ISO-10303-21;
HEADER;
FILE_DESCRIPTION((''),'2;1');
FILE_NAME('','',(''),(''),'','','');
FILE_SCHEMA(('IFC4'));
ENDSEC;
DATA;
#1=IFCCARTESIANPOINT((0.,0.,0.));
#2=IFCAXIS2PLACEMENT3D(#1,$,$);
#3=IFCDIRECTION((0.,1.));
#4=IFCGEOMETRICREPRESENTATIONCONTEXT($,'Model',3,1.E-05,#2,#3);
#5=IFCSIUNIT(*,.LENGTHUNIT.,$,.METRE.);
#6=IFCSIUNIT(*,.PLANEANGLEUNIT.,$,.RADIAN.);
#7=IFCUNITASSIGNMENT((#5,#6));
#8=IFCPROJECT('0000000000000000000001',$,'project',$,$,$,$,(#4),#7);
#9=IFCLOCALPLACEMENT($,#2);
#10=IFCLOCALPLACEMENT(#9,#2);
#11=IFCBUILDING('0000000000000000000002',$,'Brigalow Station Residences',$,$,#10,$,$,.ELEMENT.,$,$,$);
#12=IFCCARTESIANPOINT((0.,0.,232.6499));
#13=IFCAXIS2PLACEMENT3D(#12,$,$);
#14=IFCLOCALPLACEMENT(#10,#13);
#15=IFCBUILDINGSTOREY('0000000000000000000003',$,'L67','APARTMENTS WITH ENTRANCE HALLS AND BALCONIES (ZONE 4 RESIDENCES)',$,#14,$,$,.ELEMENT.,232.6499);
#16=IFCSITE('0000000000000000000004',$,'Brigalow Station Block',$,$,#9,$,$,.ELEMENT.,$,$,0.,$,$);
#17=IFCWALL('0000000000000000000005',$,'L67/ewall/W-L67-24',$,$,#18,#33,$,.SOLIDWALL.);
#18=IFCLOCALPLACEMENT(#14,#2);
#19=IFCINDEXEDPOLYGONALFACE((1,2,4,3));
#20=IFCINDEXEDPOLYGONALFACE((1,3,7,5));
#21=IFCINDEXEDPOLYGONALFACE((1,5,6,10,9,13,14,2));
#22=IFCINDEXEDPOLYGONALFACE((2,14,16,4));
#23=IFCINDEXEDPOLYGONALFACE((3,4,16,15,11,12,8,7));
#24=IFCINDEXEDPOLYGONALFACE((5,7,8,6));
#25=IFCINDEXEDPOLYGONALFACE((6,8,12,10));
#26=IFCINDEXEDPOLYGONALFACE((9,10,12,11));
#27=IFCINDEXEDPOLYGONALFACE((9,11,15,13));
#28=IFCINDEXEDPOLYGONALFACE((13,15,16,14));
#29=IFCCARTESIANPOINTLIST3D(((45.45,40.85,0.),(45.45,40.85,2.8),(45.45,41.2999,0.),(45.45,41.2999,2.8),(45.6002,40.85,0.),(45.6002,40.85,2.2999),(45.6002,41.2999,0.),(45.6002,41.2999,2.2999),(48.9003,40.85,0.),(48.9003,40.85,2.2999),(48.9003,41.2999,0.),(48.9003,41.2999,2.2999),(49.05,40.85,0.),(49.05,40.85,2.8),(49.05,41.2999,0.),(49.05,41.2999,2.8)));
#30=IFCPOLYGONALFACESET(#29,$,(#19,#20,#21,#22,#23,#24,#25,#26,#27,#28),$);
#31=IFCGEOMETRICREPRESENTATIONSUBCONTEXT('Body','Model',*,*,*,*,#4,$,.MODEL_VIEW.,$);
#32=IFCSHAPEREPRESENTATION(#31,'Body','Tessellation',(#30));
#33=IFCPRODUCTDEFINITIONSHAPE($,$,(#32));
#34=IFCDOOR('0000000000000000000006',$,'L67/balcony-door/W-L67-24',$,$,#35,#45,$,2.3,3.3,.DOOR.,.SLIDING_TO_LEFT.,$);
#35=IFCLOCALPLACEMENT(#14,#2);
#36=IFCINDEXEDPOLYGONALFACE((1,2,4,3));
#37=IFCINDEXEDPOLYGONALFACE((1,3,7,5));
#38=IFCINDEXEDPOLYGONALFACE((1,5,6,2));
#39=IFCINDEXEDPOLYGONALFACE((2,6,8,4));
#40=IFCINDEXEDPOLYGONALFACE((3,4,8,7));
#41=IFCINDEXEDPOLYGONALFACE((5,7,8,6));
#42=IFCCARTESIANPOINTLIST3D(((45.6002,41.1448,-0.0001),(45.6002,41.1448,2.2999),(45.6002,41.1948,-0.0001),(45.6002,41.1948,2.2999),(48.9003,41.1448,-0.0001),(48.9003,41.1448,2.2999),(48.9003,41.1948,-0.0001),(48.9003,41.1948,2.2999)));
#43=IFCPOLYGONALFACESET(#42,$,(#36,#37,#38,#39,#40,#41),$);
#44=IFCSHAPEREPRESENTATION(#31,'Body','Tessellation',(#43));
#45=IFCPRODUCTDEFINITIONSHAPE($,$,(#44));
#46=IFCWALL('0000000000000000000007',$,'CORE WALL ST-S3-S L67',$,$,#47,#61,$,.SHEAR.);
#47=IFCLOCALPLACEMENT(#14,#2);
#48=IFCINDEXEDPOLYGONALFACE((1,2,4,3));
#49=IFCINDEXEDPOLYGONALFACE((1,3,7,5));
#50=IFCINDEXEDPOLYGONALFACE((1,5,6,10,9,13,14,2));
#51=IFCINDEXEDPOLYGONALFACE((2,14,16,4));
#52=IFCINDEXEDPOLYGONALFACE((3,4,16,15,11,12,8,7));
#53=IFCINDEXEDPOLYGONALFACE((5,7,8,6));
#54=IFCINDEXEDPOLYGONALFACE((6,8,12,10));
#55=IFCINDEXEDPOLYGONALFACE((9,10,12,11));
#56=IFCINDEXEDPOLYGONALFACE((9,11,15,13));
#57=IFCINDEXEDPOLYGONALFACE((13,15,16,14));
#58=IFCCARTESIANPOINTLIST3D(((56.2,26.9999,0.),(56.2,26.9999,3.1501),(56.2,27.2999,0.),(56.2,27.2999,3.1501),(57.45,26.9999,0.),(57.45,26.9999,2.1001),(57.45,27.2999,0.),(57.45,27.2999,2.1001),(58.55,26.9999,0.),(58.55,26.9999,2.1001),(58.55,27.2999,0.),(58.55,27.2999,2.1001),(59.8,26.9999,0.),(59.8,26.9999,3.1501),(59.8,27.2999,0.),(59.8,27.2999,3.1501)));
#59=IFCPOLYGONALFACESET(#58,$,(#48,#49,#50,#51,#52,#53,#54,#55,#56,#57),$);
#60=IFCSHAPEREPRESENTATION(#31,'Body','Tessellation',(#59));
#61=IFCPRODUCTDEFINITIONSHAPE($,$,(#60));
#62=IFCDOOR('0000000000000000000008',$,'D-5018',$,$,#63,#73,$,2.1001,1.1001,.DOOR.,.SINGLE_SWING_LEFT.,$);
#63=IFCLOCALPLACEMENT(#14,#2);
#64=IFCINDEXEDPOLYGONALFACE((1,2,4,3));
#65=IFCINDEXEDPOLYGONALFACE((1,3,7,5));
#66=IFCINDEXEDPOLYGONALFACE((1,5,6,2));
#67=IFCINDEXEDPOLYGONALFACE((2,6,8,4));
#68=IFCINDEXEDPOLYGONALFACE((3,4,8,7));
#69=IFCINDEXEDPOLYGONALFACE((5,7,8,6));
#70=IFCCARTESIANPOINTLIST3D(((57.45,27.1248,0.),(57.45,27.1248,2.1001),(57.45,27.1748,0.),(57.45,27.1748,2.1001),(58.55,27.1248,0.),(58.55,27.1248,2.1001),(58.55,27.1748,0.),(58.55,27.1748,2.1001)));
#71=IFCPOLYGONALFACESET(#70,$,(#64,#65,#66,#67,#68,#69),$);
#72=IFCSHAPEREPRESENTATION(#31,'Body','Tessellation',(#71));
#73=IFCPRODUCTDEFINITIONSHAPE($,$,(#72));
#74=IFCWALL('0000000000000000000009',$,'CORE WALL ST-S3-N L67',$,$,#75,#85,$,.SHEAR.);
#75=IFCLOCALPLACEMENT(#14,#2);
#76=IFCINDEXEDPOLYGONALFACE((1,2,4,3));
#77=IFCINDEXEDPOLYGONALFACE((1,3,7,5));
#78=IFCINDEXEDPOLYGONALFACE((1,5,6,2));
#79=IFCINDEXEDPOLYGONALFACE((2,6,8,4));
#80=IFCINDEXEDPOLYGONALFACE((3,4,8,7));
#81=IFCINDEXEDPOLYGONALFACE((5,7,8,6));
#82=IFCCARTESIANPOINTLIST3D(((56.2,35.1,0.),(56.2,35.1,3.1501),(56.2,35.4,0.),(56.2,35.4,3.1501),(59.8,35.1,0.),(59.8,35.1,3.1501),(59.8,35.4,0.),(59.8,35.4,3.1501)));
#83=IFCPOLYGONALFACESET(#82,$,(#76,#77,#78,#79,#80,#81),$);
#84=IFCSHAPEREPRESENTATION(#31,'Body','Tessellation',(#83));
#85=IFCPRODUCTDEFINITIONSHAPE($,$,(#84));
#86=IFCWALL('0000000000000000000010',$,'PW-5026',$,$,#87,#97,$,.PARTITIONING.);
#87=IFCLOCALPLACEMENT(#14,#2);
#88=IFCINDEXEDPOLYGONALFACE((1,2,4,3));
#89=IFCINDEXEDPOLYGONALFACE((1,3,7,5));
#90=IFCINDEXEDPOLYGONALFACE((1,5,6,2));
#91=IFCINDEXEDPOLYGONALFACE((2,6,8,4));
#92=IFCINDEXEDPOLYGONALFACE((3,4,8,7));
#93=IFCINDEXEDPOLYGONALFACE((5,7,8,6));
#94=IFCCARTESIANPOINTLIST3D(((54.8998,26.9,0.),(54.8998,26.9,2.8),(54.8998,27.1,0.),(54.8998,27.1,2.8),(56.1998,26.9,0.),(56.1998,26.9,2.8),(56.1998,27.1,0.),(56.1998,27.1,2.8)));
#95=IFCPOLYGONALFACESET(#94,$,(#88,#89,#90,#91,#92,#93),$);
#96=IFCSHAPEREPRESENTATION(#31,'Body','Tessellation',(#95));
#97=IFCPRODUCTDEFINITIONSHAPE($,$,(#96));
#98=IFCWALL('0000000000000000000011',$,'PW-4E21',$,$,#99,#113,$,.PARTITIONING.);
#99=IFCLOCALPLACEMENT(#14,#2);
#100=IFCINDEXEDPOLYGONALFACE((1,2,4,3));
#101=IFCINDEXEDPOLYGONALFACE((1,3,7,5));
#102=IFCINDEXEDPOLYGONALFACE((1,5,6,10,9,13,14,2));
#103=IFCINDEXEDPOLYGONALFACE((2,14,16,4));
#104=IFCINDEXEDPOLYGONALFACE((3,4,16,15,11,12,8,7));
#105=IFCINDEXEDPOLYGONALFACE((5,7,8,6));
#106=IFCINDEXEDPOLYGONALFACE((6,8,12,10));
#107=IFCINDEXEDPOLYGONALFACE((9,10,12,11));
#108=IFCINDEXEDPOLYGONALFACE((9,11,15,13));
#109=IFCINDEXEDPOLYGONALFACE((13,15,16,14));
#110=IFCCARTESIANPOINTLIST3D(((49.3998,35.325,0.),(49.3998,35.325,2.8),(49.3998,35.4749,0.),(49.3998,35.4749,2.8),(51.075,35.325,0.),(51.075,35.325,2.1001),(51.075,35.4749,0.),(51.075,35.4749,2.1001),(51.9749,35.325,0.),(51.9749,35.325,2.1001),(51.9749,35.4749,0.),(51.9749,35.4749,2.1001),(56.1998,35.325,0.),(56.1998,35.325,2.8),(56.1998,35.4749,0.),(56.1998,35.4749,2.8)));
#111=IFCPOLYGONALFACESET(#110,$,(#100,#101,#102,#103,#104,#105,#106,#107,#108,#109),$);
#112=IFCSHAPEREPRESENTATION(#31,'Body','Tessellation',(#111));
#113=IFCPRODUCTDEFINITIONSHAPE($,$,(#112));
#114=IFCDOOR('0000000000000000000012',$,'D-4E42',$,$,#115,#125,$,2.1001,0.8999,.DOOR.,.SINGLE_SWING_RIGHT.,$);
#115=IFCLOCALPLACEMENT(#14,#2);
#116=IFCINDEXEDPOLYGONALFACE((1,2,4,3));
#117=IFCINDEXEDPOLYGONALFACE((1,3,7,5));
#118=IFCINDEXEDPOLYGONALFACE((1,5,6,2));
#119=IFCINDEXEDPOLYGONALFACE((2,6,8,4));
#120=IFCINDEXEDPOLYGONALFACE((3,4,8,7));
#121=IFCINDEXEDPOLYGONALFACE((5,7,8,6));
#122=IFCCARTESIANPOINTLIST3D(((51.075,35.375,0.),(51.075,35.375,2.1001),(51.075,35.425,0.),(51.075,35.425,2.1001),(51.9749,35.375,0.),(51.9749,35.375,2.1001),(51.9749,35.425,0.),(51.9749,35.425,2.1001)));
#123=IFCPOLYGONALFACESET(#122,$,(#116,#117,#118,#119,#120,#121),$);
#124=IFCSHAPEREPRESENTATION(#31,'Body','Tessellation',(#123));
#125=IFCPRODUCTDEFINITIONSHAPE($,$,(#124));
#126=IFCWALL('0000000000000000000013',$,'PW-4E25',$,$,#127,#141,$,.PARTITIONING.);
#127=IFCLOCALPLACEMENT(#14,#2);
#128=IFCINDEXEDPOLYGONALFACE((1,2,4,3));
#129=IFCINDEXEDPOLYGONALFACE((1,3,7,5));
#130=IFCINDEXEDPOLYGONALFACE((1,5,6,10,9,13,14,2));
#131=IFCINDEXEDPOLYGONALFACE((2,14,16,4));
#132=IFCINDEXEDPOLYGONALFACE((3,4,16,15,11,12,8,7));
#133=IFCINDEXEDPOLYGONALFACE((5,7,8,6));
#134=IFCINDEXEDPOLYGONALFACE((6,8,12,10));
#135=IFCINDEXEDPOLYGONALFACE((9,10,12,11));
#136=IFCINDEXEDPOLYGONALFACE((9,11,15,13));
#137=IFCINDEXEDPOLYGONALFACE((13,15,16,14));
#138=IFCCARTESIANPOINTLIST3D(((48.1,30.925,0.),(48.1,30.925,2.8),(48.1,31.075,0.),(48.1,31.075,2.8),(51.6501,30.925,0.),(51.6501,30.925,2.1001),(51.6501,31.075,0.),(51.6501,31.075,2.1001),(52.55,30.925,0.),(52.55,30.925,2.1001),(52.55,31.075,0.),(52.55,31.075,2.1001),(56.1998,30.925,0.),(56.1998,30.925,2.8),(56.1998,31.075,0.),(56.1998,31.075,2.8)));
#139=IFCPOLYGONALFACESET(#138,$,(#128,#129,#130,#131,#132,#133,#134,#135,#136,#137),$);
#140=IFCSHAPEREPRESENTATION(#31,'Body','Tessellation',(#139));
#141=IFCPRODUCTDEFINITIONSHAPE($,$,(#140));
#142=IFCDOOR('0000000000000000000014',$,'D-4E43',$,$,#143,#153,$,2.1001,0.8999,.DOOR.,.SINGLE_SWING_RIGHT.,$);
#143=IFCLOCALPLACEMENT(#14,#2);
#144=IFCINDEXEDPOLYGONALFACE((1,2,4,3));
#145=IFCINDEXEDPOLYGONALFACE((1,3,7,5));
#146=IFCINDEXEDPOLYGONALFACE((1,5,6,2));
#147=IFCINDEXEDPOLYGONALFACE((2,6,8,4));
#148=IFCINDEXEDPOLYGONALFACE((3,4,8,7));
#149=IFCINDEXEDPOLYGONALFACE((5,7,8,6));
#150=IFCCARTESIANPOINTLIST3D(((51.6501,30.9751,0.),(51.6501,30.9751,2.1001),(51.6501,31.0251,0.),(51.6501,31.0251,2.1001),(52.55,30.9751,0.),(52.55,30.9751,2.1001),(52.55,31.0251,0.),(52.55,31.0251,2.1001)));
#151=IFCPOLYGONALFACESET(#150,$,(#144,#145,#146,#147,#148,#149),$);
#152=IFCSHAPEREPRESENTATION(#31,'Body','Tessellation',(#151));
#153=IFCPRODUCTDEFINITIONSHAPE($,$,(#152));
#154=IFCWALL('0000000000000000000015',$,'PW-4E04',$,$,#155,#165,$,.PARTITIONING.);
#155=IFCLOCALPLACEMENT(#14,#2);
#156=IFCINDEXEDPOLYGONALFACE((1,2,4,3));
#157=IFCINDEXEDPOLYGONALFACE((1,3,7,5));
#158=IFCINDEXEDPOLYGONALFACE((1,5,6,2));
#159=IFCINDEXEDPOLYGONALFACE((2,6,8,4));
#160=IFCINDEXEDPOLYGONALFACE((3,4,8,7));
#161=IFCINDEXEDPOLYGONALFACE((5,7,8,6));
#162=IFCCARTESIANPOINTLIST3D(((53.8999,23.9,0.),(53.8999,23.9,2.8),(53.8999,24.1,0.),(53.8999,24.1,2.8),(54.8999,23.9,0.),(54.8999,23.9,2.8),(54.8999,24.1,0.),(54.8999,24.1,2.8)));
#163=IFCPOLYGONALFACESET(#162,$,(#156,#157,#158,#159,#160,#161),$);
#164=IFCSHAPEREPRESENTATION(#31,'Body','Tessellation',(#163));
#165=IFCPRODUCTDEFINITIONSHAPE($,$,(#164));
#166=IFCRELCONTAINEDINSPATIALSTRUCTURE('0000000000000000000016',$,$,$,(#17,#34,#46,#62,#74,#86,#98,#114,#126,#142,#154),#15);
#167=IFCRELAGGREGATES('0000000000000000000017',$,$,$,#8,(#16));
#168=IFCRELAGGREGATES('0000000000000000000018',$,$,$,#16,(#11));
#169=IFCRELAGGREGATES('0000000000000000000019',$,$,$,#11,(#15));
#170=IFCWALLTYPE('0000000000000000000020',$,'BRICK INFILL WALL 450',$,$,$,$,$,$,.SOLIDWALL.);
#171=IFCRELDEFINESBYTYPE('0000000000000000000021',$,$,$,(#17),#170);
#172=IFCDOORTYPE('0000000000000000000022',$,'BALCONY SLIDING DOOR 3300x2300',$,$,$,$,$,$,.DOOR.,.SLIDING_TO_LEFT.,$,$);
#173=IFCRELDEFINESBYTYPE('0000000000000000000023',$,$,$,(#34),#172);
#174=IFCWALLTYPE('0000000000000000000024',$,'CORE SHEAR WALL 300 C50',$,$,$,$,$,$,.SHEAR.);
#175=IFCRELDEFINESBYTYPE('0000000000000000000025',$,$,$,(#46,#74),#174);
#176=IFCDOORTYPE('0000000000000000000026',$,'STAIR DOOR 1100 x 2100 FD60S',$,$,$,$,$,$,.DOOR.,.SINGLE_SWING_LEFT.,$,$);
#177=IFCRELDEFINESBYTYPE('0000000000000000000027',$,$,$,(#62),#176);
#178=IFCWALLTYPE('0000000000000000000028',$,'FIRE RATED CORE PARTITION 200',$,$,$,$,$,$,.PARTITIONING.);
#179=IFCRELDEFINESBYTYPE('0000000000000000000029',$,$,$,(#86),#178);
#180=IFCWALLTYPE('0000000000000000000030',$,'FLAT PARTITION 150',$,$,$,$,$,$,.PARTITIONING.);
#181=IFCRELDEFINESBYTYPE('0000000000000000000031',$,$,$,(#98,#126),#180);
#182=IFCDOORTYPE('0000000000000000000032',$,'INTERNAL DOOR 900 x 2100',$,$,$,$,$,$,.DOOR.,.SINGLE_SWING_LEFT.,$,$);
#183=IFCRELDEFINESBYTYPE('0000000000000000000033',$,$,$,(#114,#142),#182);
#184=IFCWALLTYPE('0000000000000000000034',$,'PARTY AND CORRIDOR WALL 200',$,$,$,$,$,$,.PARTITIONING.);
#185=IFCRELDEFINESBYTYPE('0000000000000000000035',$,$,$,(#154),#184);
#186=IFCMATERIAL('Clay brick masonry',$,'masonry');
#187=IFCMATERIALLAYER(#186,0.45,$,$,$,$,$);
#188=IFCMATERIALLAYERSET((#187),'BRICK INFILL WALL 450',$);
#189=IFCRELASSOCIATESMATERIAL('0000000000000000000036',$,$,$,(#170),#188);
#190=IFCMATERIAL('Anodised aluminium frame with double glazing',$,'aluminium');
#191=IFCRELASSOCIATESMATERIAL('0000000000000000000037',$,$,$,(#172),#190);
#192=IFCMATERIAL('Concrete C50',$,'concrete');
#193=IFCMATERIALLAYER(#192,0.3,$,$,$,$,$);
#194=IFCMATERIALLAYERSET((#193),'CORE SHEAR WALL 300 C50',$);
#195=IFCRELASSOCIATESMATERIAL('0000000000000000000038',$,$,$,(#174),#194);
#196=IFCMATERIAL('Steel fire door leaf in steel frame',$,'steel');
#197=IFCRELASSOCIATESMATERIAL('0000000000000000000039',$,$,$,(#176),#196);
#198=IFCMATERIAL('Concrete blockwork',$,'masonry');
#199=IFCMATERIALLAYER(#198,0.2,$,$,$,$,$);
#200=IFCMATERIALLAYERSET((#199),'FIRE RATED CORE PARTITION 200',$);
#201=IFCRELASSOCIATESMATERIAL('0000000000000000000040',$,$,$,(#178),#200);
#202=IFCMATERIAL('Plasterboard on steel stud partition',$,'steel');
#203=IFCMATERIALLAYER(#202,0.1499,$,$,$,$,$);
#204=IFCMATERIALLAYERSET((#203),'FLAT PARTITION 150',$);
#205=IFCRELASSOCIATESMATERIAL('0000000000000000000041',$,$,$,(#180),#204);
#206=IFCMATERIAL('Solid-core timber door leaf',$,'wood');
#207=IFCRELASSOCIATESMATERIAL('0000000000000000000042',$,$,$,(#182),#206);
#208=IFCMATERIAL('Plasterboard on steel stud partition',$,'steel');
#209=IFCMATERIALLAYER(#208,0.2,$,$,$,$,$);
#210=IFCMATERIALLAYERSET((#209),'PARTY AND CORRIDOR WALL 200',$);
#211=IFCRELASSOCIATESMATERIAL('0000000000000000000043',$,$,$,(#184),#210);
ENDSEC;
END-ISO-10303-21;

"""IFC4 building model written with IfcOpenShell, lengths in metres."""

from ifc_helpers import new_model, si_unit, direction, frame, frame_2d, origin, place, context, subcontext, project, spatial, rectangle, extrude, material, layer, layer_set, type_object, element, fill, save


model = new_model("IFC4")

# Units and contexts
model_context = context("Model", 3, precision=1e-05, world=origin(), true_north=direction((0.0, 1.0)))
body_context = subcontext(model_context, "Body", "Model", "MODEL_VIEW")
ifc_project = project(units=[si_unit("LENGTHUNIT", "METRE"), si_unit("PLANEANGLEUNIT", "RADIAN")], contexts=[model_context])

# Site, building, storey
site_placement = place(None, origin())
site = spatial("IfcSite", under=ifc_project, at=site_placement, Name="Brigalow Station Block", CompositionType="ELEMENT", RefElevation=0.0)
building_placement = place(site_placement, origin())
building = spatial("IfcBuilding", under=site, at=building_placement, Name="Brigalow Station Residences", CompositionType="ELEMENT")
storey_placement = place(building_placement, frame((0.0, 0.0, 232.6499)))
storey = spatial("IfcBuildingStorey", under=building, at=storey_placement, Name="L67", Description="APARTMENTS WITH ENTRANCE HALLS AND BALCONIES (ZONE 4 RESIDENCES)", CompositionType="ELEMENT", Elevation=232.6499)

# Walls, openings, doors
ifc_material_1 = material(Name="Clay brick masonry", Category="masonry")
ifc_layer_1 = layer(ifc_material_1, 0.45)
ifc_layer_set_1 = layer_set([ifc_layer_1], Name="BRICK INFILL WALL 450")
wall_type_1 = type_object("IfcWallType", Name="BRICK INFILL WALL 450", PredefinedType="SOLIDWALL", material=ifc_layer_set_1)
ifc_material_2 = material(Name="Anodised aluminium frame with double glazing", Category="aluminium")
door_type_1 = type_object("IfcDoorType", Name="BALCONY SLIDING DOOR 3300x2300", OperationType="SLIDING_TO_LEFT", PredefinedType="DOOR", material=ifc_material_2)
wall_1_placement = place(storey_placement, frame((49.05, 41.075, 0.0), z_axis=(0.0, 0.0, 1.0), x_axis=(-1.0, 0.0, 0.0)))
wall_1 = element("IfcWall", 1, at=wall_1_placement, inside=storey, type_object=wall_type_1, Name="L67/ewall/W-L67-24", PredefinedType="SOLIDWALL", context=body_context, shape_type="SweptSolid", body=[
    extrude(rectangle(XDim=3.6001, YDim=0.45, at=frame_2d((1.8, 0.0))), origin(), (0.0, 0.0, 1.0), 2.8),
])
opening_1_placement = place(wall_1_placement, frame((0.1499, 0.0, 0.0)))
opening_1 = element("IfcOpeningElement", 2, at=opening_1_placement, cuts=wall_1, PredefinedType="OPENING", context=body_context, shape_type="SweptSolid", body=[
    extrude(rectangle(XDim=3.3, YDim=2.3, at=frame_2d((1.6499, 1.1499))), frame((0.0, 0.2349, 0.0), z_axis=(0.0, -1.0, 0.0), x_axis=(1.0, 0.0, 0.0)), (0.0, 0.0, 1.0), 0.47),
])
door_1_placement = place(opening_1_placement, origin())
door_1 = element("IfcDoor", 3, at=door_1_placement, inside=storey, type_object=door_type_1, Name="L67/balcony-door/W-L67-24", OperationType="SLIDING_TO_LEFT", OverallHeight=2.3, OverallWidth=3.3, PredefinedType="DOOR", context=body_context, shape_type="SweptSolid", body=[
    extrude(rectangle(XDim=3.3, YDim=2.3, at=frame_2d((1.6499, 1.1499))), frame((0.0, -0.0698, 0.0), z_axis=(0.0, -1.0, 0.0), x_axis=(1.0, 0.0, 0.0)), (0.0, 0.0, 1.0), 0.05),
])
fill(opening_1, door_1)
ifc_material_3 = material(Name="Concrete C50", Category="concrete")
ifc_layer_2 = layer(ifc_material_3, 0.3)
ifc_layer_set_2 = layer_set([ifc_layer_2], Name="CORE SHEAR WALL 300 C50")
wall_type_2 = type_object("IfcWallType", Name="CORE SHEAR WALL 300 C50", PredefinedType="SHEAR", material=ifc_layer_set_2)
wall_2_placement = place(storey_placement, frame((56.2, 27.1499, 0.0), z_axis=(0.0, 0.0, 1.0), x_axis=(1.0, 0.0, 0.0)))
wall_2 = element("IfcWall", 4, at=wall_2_placement, inside=storey, type_object=wall_type_2, Name="CORE WALL ST-S3-S L67", PredefinedType="SHEAR", context=body_context, shape_type="SweptSolid", body=[
    extrude(rectangle(XDim=3.6001, YDim=0.3, at=frame_2d((1.8, 0.0))), origin(), (0.0, 0.0, 1.0), 3.1501),
])
opening_2_placement = place(wall_2_placement, frame((1.25, 0.0, 0.0)))
opening_2 = element("IfcOpeningElement", 5, at=opening_2_placement, cuts=wall_2, PredefinedType="OPENING", context=body_context, shape_type="SweptSolid", body=[
    extrude(rectangle(XDim=1.1001, YDim=2.1001, at=frame_2d((0.55, 1.05))), frame((0.0, 0.1602, 0.0), z_axis=(0.0, -1.0, 0.0), x_axis=(1.0, 0.0, 0.0)), (0.0, 0.0, 1.0), 0.3201),
])
ifc_material_4 = material(Name="Steel fire door leaf in steel frame", Category="steel")
door_type_2 = type_object("IfcDoorType", Name="STAIR DOOR 1100 x 2100 FD60S", OperationType="SINGLE_SWING_LEFT", PredefinedType="DOOR", material=ifc_material_4)
door_2_placement = place(opening_2_placement, origin())
door_2 = element("IfcDoor", 6, at=door_2_placement, inside=storey, type_object=door_type_2, Name="D-5018", OperationType="SINGLE_SWING_LEFT", OverallHeight=2.1001, OverallWidth=1.1001, PredefinedType="DOOR", context=body_context, shape_type="SweptSolid", body=[
    extrude(rectangle(XDim=1.1001, YDim=2.1001, at=frame_2d((0.55, 1.05))), frame((0.0, 0.0249, 0.0), z_axis=(0.0, -1.0, 0.0), x_axis=(1.0, 0.0, 0.0)), (0.0, 0.0, 1.0), 0.05),
])
fill(opening_2, door_2)

# Walls
wall_3_placement = place(storey_placement, frame((56.2, 35.25, 0.0), z_axis=(0.0, 0.0, 1.0), x_axis=(1.0, 0.0, 0.0)))
element("IfcWall", 7, at=wall_3_placement, inside=storey, type_object=wall_type_2, Name="CORE WALL ST-S3-N L67", PredefinedType="SHEAR", context=body_context, shape_type="SweptSolid", body=[
    extrude(rectangle(XDim=3.6001, YDim=0.3, at=frame_2d((1.8, 0.0))), origin(), (0.0, 0.0, 1.0), 3.1501),
])
ifc_material_5 = material(Name="Concrete blockwork", Category="masonry")
ifc_layer_3 = layer(ifc_material_5, 0.2)
ifc_layer_set_3 = layer_set([ifc_layer_3], Name="FIRE RATED CORE PARTITION 200")
wall_type_3 = type_object("IfcWallType", Name="FIRE RATED CORE PARTITION 200", PredefinedType="PARTITIONING", material=ifc_layer_set_3)
wall_4_placement = place(storey_placement, frame((54.8999, 27.0, 0.0), z_axis=(0.0, 0.0, 1.0), x_axis=(1.0, 0.0, 0.0)))
element("IfcWall", 8, at=wall_4_placement, inside=storey, type_object=wall_type_3, Name="PW-5026", PredefinedType="PARTITIONING", context=body_context, shape_type="SweptSolid", body=[
    extrude(rectangle(XDim=1.3, YDim=0.2, at=frame_2d((0.6499, 0.0))), origin(), (0.0, 0.0, 1.0), 2.8),
])

# Walls, openings, doors
ifc_material_6 = material(Name="Plasterboard on steel stud partition", Category="steel")
ifc_layer_4 = layer(ifc_material_6, 0.1499)
ifc_layer_set_4 = layer_set([ifc_layer_4], Name="FLAT PARTITION 150")
wall_type_4 = type_object("IfcWallType", Name="FLAT PARTITION 150", PredefinedType="PARTITIONING", material=ifc_layer_set_4)
wall_5_placement = place(storey_placement, frame((49.3999, 35.3999, 0.0), z_axis=(0.0, 0.0, 1.0), x_axis=(1.0, 0.0, 0.0)))
wall_5 = element("IfcWall", 9, at=wall_5_placement, inside=storey, type_object=wall_type_4, Name="PW-4E21", PredefinedType="PARTITIONING", context=body_context, shape_type="SweptSolid", body=[
    extrude(rectangle(XDim=6.8, YDim=0.1499, at=frame_2d((3.3999, 0.0))), origin(), (0.0, 0.0, 1.0), 2.8),
])
opening_3_placement = place(wall_5_placement, frame((1.675, 0.0, 0.0)))
opening_3 = element("IfcOpeningElement", 10, at=opening_3_placement, cuts=wall_5, PredefinedType="OPENING", context=body_context, shape_type="SweptSolid", body=[
    extrude(rectangle(XDim=0.8999, YDim=2.1001, at=frame_2d((0.45, 1.05))), frame((0.0, 0.085, 0.0), z_axis=(0.0, -1.0, 0.0), x_axis=(1.0, 0.0, 0.0)), (0.0, 0.0, 1.0), 0.1699),
])
ifc_material_7 = material(Name="Solid-core timber door leaf", Category="wood")
door_type_3 = type_object("IfcDoorType", Name="INTERNAL DOOR 900 x 2100", OperationType="SINGLE_SWING_LEFT", PredefinedType="DOOR", material=ifc_material_7)
door_3_placement = place(opening_3_placement, frame((0.8999, 0.0, 0.0), z_axis=(0.0, 0.0, 1.0), x_axis=(-1.0, 0.0, 0.0)))
door_3 = element("IfcDoor", 11, at=door_3_placement, inside=storey, type_object=door_type_3, Name="D-4E42", OperationType="SINGLE_SWING_RIGHT", OverallHeight=2.1001, OverallWidth=0.8999, PredefinedType="DOOR", context=body_context, shape_type="SweptSolid", body=[
    extrude(rectangle(XDim=0.8999, YDim=2.1001, at=frame_2d((0.45, 1.05))), frame((0.0, 0.0249, 0.0), z_axis=(0.0, -1.0, 0.0), x_axis=(1.0, 0.0, 0.0)), (0.0, 0.0, 1.0), 0.05),
])
fill(opening_3, door_3)
wall_6_placement = place(storey_placement, frame((48.1001, 31.0, 0.0), z_axis=(0.0, 0.0, 1.0), x_axis=(1.0, 0.0, 0.0)))
wall_6 = element("IfcWall", 12, at=wall_6_placement, inside=storey, type_object=wall_type_4, Name="PW-4E25", PredefinedType="PARTITIONING", context=body_context, shape_type="SweptSolid", body=[
    extrude(rectangle(XDim=8.0999, YDim=0.1499, at=frame_2d((4.0498, 0.0))), origin(), (0.0, 0.0, 1.0), 2.8),
])
opening_4_placement = place(wall_6_placement, frame((3.55, 0.0, 0.0)))
opening_4 = element("IfcOpeningElement", 13, at=opening_4_placement, cuts=wall_6, PredefinedType="OPENING", context=body_context, shape_type="SweptSolid", body=[
    extrude(rectangle(XDim=0.8999, YDim=2.1001, at=frame_2d((0.45, 1.05))), frame((0.0, 0.085, 0.0), z_axis=(0.0, -1.0, 0.0), x_axis=(1.0, 0.0, 0.0)), (0.0, 0.0, 1.0), 0.1699),
])
door_4_placement = place(opening_4_placement, frame((0.8999, 0.0, 0.0), z_axis=(0.0, 0.0, 1.0), x_axis=(-1.0, 0.0, 0.0)))
door_4 = element("IfcDoor", 14, at=door_4_placement, inside=storey, type_object=door_type_3, Name="D-4E43", OperationType="SINGLE_SWING_RIGHT", OverallHeight=2.1001, OverallWidth=0.8999, PredefinedType="DOOR", context=body_context, shape_type="SweptSolid", body=[
    extrude(rectangle(XDim=0.8999, YDim=2.1001, at=frame_2d((0.45, 1.05))), frame((0.0, 0.0249, 0.0), z_axis=(0.0, -1.0, 0.0), x_axis=(1.0, 0.0, 0.0)), (0.0, 0.0, 1.0), 0.05),
])
fill(opening_4, door_4)

# Wall
ifc_material_8 = material(Name="Plasterboard on steel stud partition", Category="steel")
ifc_layer_5 = layer(ifc_material_8, 0.2)
ifc_layer_set_5 = layer_set([ifc_layer_5], Name="PARTY AND CORRIDOR WALL 200")
wall_type_5 = type_object("IfcWallType", Name="PARTY AND CORRIDOR WALL 200", PredefinedType="PARTITIONING", material=ifc_layer_set_5)
wall_7_placement = place(storey_placement, frame((53.8999, 24.0, 0.0), z_axis=(0.0, 0.0, 1.0), x_axis=(1.0, 0.0, 0.0)))
element("IfcWall", 15, at=wall_7_placement, inside=storey, type_object=wall_type_5, Name="PW-4E04", PredefinedType="PARTITIONING", context=body_context, shape_type="SweptSolid", body=[
    extrude(rectangle(XDim=1.0, YDim=0.2, at=frame_2d((0.5, 0.0))), origin(), (0.0, 0.0, 1.0), 2.8),
])

save(model, "model.ifc")
